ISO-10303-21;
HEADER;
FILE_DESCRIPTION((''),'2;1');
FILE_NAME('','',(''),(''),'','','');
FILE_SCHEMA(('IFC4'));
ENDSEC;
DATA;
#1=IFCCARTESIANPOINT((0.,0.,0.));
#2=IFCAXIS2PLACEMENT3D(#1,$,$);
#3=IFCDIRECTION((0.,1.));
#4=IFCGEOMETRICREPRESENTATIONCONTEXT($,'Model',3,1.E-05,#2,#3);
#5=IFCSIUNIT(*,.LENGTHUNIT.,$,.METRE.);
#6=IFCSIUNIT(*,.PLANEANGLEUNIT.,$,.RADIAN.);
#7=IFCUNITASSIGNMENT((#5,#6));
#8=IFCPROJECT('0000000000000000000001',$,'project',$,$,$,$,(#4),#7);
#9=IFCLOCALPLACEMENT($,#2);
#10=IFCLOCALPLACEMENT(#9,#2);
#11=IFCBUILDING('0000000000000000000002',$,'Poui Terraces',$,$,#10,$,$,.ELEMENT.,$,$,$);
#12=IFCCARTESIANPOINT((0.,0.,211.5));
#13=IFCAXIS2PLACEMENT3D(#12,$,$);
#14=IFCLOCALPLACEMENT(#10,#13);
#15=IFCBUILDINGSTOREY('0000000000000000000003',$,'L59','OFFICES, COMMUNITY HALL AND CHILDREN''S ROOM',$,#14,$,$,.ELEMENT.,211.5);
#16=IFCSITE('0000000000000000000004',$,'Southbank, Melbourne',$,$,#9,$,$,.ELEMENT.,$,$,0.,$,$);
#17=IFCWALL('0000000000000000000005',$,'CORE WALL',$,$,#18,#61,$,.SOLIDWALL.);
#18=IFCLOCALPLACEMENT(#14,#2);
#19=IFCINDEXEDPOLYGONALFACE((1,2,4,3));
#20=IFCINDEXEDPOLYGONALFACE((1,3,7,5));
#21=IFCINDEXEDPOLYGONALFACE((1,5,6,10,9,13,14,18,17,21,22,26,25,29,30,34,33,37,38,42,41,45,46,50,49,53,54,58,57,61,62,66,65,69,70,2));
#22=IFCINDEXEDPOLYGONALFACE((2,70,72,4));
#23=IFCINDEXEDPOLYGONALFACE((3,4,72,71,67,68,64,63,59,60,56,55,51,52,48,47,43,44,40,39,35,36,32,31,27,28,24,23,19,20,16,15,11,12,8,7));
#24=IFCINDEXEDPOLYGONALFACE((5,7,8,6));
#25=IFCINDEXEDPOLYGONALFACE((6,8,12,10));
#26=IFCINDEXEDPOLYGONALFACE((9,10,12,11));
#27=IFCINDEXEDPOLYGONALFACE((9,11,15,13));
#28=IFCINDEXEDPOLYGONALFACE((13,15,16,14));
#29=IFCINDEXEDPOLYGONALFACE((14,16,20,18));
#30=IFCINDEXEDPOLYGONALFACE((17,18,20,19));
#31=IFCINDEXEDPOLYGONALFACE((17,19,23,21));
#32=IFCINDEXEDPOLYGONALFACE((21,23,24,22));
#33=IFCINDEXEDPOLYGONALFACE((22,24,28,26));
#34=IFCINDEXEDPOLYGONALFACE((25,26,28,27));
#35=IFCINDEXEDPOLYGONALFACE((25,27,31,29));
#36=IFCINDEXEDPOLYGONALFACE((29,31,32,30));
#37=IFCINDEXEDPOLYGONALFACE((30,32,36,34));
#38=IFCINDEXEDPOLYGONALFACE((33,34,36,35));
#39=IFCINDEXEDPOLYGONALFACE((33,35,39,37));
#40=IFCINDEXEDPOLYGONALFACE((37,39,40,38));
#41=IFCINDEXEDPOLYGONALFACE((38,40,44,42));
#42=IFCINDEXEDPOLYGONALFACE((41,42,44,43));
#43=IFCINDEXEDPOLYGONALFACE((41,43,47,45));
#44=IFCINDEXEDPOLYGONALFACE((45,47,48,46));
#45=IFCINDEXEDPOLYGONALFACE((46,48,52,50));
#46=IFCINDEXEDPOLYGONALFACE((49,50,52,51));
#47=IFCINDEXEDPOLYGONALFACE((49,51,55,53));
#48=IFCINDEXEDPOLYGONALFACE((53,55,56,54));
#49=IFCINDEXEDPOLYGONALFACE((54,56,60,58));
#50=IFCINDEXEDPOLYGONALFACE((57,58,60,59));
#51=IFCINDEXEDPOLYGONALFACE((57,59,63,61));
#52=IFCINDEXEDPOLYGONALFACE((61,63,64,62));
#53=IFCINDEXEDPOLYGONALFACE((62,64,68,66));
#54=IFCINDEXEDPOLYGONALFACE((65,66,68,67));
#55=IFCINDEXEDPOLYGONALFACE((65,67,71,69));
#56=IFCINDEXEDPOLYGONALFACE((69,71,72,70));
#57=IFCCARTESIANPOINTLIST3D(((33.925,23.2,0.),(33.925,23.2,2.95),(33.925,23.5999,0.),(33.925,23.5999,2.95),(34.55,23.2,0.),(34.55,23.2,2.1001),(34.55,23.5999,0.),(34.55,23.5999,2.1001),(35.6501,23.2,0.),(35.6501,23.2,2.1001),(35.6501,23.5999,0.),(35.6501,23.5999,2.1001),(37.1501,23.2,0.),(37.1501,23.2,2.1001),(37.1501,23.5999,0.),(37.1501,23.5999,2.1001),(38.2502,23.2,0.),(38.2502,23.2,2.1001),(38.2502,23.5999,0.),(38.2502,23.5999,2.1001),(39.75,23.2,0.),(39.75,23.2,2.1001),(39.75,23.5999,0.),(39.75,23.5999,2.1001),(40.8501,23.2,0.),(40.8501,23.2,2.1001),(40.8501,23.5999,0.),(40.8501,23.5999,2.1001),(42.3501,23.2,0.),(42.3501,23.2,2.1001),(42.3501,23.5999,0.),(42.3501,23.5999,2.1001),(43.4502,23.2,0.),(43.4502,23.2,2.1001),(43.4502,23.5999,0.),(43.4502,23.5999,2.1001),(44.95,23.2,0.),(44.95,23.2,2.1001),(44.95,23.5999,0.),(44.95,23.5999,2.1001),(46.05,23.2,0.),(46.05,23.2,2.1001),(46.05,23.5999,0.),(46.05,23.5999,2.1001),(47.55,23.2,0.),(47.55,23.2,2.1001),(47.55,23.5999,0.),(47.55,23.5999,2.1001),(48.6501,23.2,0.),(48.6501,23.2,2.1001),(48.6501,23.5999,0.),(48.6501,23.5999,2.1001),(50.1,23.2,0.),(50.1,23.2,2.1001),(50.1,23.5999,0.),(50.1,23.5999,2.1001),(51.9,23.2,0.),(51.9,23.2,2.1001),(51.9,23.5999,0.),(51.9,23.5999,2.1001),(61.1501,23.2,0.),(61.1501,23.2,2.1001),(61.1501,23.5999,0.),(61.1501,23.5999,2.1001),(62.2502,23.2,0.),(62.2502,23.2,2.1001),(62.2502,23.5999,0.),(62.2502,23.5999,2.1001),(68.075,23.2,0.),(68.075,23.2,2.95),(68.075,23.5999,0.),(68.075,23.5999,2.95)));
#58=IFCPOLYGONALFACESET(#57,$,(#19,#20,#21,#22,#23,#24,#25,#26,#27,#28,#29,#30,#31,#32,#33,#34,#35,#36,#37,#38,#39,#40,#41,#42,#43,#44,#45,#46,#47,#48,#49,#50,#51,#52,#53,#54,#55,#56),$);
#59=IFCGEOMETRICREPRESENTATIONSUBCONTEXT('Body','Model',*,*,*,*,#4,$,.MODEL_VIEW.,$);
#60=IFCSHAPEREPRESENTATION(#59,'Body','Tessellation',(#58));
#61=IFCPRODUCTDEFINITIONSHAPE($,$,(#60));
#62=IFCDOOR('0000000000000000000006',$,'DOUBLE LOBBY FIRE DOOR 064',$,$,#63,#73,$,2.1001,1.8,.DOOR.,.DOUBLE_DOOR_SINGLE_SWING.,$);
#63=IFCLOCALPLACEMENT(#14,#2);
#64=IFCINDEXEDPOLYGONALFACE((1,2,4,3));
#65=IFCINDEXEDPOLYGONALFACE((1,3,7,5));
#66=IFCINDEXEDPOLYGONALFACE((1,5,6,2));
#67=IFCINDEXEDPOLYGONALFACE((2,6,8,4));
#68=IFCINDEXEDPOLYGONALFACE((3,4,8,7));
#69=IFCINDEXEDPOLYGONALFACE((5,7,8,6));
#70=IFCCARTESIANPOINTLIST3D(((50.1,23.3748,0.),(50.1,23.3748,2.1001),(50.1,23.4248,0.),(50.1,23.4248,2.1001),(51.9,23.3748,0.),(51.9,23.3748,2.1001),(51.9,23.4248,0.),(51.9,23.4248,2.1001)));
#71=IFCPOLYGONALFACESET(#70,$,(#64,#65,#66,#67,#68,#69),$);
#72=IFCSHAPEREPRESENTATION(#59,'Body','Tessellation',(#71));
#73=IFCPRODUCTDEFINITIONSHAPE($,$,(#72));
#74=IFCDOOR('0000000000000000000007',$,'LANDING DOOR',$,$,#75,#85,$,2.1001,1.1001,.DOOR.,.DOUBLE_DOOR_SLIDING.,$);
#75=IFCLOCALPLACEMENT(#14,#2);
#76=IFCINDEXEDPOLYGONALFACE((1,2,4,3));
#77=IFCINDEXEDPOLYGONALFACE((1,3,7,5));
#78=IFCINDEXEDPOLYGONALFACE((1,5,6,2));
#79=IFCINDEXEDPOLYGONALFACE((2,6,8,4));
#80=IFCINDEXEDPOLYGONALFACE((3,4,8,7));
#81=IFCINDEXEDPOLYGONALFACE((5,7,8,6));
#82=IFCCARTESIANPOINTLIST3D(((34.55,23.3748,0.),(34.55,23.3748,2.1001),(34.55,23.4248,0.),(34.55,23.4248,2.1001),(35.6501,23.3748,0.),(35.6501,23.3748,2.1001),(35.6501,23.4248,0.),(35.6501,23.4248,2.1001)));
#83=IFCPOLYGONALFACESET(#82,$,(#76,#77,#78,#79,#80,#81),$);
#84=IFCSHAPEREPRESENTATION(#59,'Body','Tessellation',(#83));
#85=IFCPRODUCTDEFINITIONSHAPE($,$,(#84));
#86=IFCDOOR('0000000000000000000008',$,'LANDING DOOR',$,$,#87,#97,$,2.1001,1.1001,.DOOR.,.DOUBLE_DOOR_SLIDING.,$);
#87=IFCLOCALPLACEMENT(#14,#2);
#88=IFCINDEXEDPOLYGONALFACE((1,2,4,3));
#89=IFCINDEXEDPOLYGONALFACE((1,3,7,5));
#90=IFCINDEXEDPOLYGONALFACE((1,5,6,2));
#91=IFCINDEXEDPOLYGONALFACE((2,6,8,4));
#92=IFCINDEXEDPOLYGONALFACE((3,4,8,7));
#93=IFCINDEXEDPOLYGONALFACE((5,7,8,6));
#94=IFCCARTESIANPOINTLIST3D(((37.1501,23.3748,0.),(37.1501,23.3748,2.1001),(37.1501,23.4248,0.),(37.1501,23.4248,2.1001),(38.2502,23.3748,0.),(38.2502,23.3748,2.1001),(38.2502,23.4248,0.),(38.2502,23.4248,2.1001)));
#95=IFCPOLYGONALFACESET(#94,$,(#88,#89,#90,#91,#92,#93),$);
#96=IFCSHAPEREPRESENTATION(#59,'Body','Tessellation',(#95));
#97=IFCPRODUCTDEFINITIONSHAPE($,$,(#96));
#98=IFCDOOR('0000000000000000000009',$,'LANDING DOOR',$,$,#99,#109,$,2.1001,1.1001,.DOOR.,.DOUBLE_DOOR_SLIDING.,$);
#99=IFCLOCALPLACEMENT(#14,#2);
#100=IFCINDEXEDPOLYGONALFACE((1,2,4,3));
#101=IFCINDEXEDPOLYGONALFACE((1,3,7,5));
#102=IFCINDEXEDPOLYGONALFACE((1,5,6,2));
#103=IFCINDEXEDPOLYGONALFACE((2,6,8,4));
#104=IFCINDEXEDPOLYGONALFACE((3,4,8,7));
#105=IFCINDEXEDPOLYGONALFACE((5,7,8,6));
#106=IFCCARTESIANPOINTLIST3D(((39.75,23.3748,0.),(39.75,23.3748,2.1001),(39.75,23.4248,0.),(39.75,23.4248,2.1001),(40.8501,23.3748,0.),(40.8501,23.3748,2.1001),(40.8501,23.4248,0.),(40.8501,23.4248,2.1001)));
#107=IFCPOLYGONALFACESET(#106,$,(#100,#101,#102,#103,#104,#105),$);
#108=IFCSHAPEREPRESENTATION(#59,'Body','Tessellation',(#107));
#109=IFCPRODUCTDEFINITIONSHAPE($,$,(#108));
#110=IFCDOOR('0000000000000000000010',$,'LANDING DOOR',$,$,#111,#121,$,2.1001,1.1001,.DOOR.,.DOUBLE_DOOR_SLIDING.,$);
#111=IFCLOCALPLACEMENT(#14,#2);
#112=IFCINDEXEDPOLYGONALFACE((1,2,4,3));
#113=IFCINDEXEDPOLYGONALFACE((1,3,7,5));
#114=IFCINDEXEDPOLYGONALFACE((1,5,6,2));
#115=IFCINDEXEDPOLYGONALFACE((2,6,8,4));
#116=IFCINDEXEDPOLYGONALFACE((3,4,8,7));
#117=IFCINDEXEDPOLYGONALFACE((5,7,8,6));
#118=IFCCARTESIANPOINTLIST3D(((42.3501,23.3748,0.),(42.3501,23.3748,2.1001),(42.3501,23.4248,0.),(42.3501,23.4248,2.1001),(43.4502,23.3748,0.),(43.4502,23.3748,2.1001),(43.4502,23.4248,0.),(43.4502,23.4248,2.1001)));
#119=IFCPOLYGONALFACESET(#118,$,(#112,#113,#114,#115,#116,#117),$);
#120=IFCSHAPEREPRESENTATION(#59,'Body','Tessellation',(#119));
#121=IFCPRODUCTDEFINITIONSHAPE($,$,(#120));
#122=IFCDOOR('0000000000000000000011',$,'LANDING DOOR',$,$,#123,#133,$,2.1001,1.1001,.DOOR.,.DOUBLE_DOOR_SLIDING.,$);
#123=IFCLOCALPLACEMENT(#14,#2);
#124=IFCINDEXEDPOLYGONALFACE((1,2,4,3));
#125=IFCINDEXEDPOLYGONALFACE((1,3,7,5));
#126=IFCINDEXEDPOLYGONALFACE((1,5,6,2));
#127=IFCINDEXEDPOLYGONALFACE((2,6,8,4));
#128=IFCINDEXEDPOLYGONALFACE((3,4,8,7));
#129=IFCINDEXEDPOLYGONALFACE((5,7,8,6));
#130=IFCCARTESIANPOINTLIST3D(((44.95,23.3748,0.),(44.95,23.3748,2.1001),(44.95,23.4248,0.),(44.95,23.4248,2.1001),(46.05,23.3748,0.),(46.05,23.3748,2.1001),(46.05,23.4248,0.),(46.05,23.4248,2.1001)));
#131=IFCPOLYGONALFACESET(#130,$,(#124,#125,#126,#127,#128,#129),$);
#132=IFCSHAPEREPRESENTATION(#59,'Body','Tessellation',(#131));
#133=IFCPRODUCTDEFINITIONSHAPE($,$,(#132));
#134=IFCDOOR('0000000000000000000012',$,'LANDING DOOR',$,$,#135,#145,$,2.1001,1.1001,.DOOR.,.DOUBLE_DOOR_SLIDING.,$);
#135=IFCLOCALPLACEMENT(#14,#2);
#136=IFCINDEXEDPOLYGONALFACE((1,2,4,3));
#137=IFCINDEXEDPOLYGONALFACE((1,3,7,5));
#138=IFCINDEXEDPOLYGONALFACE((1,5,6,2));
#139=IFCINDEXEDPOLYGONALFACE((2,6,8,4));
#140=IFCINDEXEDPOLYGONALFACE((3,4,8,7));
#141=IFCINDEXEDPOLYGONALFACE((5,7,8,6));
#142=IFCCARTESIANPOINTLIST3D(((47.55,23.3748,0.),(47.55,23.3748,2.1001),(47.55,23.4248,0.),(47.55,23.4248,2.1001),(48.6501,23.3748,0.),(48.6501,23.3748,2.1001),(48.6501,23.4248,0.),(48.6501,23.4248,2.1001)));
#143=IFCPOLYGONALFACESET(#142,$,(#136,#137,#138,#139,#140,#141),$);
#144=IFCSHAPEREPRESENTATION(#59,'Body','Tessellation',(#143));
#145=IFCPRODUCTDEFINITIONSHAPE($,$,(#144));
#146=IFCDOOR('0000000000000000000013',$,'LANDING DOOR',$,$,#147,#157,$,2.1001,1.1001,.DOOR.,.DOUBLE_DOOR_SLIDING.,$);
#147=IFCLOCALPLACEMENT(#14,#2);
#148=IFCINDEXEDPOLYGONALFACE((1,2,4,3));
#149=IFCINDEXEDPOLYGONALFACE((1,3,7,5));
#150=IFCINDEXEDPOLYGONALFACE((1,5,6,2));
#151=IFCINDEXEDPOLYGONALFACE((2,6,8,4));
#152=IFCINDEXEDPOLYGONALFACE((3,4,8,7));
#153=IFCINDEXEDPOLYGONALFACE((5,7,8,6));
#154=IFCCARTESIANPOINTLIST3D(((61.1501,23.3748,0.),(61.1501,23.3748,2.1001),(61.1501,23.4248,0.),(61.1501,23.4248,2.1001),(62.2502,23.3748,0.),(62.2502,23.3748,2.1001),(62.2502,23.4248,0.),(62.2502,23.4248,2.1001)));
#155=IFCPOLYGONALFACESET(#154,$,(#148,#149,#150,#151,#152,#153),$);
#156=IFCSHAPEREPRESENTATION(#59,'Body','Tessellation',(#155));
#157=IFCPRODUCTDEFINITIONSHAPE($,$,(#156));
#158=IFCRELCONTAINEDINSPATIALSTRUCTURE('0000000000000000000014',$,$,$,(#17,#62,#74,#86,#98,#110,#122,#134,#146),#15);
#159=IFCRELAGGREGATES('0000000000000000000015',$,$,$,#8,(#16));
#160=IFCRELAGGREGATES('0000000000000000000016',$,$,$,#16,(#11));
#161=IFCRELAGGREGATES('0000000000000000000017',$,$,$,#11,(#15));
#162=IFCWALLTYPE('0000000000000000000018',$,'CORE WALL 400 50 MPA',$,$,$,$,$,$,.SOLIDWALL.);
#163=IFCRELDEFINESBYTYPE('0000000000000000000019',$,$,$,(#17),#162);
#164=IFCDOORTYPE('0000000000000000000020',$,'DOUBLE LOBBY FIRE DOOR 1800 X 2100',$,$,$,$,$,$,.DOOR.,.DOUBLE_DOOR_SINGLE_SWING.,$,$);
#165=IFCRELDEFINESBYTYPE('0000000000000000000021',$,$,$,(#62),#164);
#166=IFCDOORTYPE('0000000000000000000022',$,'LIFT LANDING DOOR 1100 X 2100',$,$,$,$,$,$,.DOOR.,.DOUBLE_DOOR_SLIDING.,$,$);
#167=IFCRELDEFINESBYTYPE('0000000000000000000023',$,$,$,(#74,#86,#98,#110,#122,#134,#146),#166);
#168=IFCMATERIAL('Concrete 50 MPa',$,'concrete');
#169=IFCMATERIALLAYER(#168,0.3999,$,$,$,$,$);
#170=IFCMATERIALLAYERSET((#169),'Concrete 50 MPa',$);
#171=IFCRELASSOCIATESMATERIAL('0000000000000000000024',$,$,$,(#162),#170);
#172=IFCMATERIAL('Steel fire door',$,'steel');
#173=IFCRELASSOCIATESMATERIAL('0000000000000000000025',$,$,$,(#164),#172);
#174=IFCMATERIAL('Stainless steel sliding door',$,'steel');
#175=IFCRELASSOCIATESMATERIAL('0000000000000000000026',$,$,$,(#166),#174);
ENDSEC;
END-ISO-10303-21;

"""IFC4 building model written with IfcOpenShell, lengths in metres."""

from ifc_helpers import new_model, si_unit, direction, frame, frame_2d, origin, place, context, subcontext, project, spatial, rectangle, extrude, material, layer, layer_set, type_object, element, fill, save


model = new_model("IFC4")

# Units and contexts
model_context = context("Model", 3, precision=1e-05, world=origin(), true_north=direction((0.0, 1.0)))
body_context = subcontext(model_context, "Body", "Model", "MODEL_VIEW")
ifc_project = project(units=[si_unit("LENGTHUNIT", "METRE"), si_unit("PLANEANGLEUNIT", "RADIAN")], contexts=[model_context])

# Site, building, storey
site_placement = place(None, origin())
site = spatial("IfcSite", under=ifc_project, at=site_placement, Name="Southbank, Melbourne", CompositionType="ELEMENT", RefElevation=0.0)
building_placement = place(site_placement, origin())
building = spatial("IfcBuilding", under=site, at=building_placement, Name="Poui Terraces", CompositionType="ELEMENT")
storey_placement = place(building_placement, frame((0.0, 0.0, 211.5)))
storey = spatial("IfcBuildingStorey", under=building, at=storey_placement, Name="L59", Description="OFFICES, COMMUNITY HALL AND CHILDREN'S ROOM", CompositionType="ELEMENT", Elevation=211.5)

# Wall, openings, doors
ifc_material_1 = material(Name="Concrete 50 MPa", Category="concrete")
ifc_layer_1 = layer(ifc_material_1, 0.3999)
ifc_layer_set_1 = layer_set([ifc_layer_1], Name="Concrete 50 MPa")
wall_type_1 = type_object("IfcWallType", Name="CORE WALL 400 50 MPA", PredefinedType="SOLIDWALL", material=ifc_layer_set_1)
wall_1_placement = place(storey_placement, frame((33.925, 23.3999, 0.0), z_axis=(0.0, 0.0, 1.0), x_axis=(1.0, 0.0, 0.0)))
wall_1 = element("IfcWall", 1, at=wall_1_placement, inside=storey, type_object=wall_type_1, Name="CORE WALL", PredefinedType="SOLIDWALL", context=body_context, shape_type="SweptSolid", body=[
    extrude(rectangle(XDim=34.1499, YDim=0.3999, at=frame_2d((17.075, 0.0))), origin(), (0.0, 0.0, 1.0), 2.95),
])
opening_1_placement = place(wall_1_placement, frame((16.175, 0.0, 0.0)))
opening_1 = element("IfcOpeningElement", 2, at=opening_1_placement, cuts=wall_1, PredefinedType="OPENING", context=body_context, shape_type="SweptSolid", body=[
    extrude(rectangle(XDim=1.8, YDim=2.1001, at=frame_2d((0.8999, 1.05))), frame((0.0, 0.21, 0.0), z_axis=(0.0, -1.0, 0.0), x_axis=(1.0, 0.0, 0.0)), (0.0, 0.0, 1.0), 0.4199),
])
opening_2_placement = place(wall_1_placement, frame((0.625, 0.0, 0.0)))
opening_2 = element("IfcOpeningElement", 3, at=opening_2_placement, cuts=wall_1, PredefinedType="OPENING", context=body_context, shape_type="SweptSolid", body=[
    extrude(rectangle(XDim=1.1001, YDim=2.1001, at=frame_2d((0.55, 1.05))), frame((0.0, 0.21, 0.0), z_axis=(0.0, -1.0, 0.0), x_axis=(1.0, 0.0, 0.0)), (0.0, 0.0, 1.0), 0.4199),
])
opening_3_placement = place(wall_1_placement, frame((3.2251, 0.0, 0.0)))
opening_3 = element("IfcOpeningElement", 4, at=opening_3_placement, cuts=wall_1, PredefinedType="OPENING", context=body_context, shape_type="SweptSolid", body=[
    extrude(rectangle(XDim=1.1001, YDim=2.1001, at=frame_2d((0.55, 1.05))), frame((0.0, 0.21, 0.0), z_axis=(0.0, -1.0, 0.0), x_axis=(1.0, 0.0, 0.0)), (0.0, 0.0, 1.0), 0.4199),
])
opening_4_placement = place(wall_1_placement, frame((5.825, 0.0, 0.0)))
opening_4 = element("IfcOpeningElement", 5, at=opening_4_placement, cuts=wall_1, PredefinedType="OPENING", context=body_context, shape_type="SweptSolid", body=[
    extrude(rectangle(XDim=1.1001, YDim=2.1001, at=frame_2d((0.55, 1.05))), frame((0.0, 0.21, 0.0), z_axis=(0.0, -1.0, 0.0), x_axis=(1.0, 0.0, 0.0)), (0.0, 0.0, 1.0), 0.4199),
])
opening_5_placement = place(wall_1_placement, frame((8.425, 0.0, 0.0)))
opening_5 = element("IfcOpeningElement", 6, at=opening_5_placement, cuts=wall_1, PredefinedType="OPENING", context=body_context, shape_type="SweptSolid", body=[
    extrude(rectangle(XDim=1.1001, YDim=2.1001, at=frame_2d((0.55, 1.05))), frame((0.0, 0.21, 0.0), z_axis=(0.0, -1.0, 0.0), x_axis=(1.0, 0.0, 0.0)), (0.0, 0.0, 1.0), 0.4199),
])
opening_6_placement = place(wall_1_placement, frame((11.0249, 0.0, 0.0)))
opening_6 = element("IfcOpeningElement", 7, at=opening_6_placement, cuts=wall_1, PredefinedType="OPENING", context=body_context, shape_type="SweptSolid", body=[
    extrude(rectangle(XDim=1.1001, YDim=2.1001, at=frame_2d((0.55, 1.05))), frame((0.0, 0.21, 0.0), z_axis=(0.0, -1.0, 0.0), x_axis=(1.0, 0.0, 0.0)), (0.0, 0.0, 1.0), 0.4199),
])
opening_7_placement = place(wall_1_placement, frame((13.625, 0.0, 0.0)))
opening_7 = element("IfcOpeningElement", 8, at=opening_7_placement, cuts=wall_1, PredefinedType="OPENING", context=body_context, shape_type="SweptSolid", body=[
    extrude(rectangle(XDim=1.1001, YDim=2.1001, at=frame_2d((0.55, 1.05))), frame((0.0, 0.21, 0.0), z_axis=(0.0, -1.0, 0.0), x_axis=(1.0, 0.0, 0.0)), (0.0, 0.0, 1.0), 0.4199),
])
opening_8_placement = place(wall_1_placement, frame((27.2251, 0.0, 0.0)))
opening_8 = element("IfcOpeningElement", 9, at=opening_8_placement, cuts=wall_1, PredefinedType="OPENING", context=body_context, shape_type="SweptSolid", body=[
    extrude(rectangle(XDim=1.1001, YDim=2.1001, at=frame_2d((0.55, 1.05))), frame((0.0, 0.21, 0.0), z_axis=(0.0, -1.0, 0.0), x_axis=(1.0, 0.0, 0.0)), (0.0, 0.0, 1.0), 0.4199),
])
ifc_material_2 = material(Name="Steel fire door", Category="steel")
door_type_1 = type_object("IfcDoorType", Name="DOUBLE LOBBY FIRE DOOR 1800 X 2100", OperationType="DOUBLE_DOOR_SINGLE_SWING", PredefinedType="DOOR", material=ifc_material_2)
door_1_placement = place(opening_1_placement, origin())
door_1 = element("IfcDoor", 10, at=door_1_placement, inside=storey, type_object=door_type_1, Name="DOUBLE LOBBY FIRE DOOR 064", OperationType="DOUBLE_DOOR_SINGLE_SWING", OverallHeight=2.1001, OverallWidth=1.8, PredefinedType="DOOR", context=body_context, shape_type="SweptSolid", body=[
    extrude(rectangle(XDim=1.8, YDim=2.1001, at=frame_2d((0.8999, 1.05))), frame((0.0, 0.0249, 0.0), z_axis=(0.0, -1.0, 0.0), x_axis=(1.0, 0.0, 0.0)), (0.0, 0.0, 1.0), 0.05),
])
fill(opening_1, door_1)
ifc_material_3 = material(Name="Stainless steel sliding door", Category="steel")
door_type_2 = type_object("IfcDoorType", Name="LIFT LANDING DOOR 1100 X 2100", OperationType="DOUBLE_DOOR_SLIDING", PredefinedType="DOOR", material=ifc_material_3)
door_2_placement = place(opening_2_placement, origin())
door_2 = element("IfcDoor", 11, at=door_2_placement, inside=storey, type_object=door_type_2, Name="LANDING DOOR", OperationType="DOUBLE_DOOR_SLIDING", OverallHeight=2.1001, OverallWidth=1.1001, PredefinedType="DOOR", context=body_context, shape_type="SweptSolid", body=[
    extrude(rectangle(XDim=1.1001, YDim=2.1001, at=frame_2d((0.55, 1.05))), frame((0.0, 0.0249, 0.0), z_axis=(0.0, -1.0, 0.0), x_axis=(1.0, 0.0, 0.0)), (0.0, 0.0, 1.0), 0.05),
])
fill(opening_2, door_2)
door_3_placement = place(opening_3_placement, origin())
door_3 = element("IfcDoor", 12, at=door_3_placement, inside=storey, type_object=door_type_2, Name="LANDING DOOR", OperationType="DOUBLE_DOOR_SLIDING", OverallHeight=2.1001, OverallWidth=1.1001, PredefinedType="DOOR", context=body_context, shape_type="SweptSolid", body=[
    extrude(rectangle(XDim=1.1001, YDim=2.1001, at=frame_2d((0.55, 1.05))), frame((0.0, 0.0249, 0.0), z_axis=(0.0, -1.0, 0.0), x_axis=(1.0, 0.0, 0.0)), (0.0, 0.0, 1.0), 0.05),
])
fill(opening_3, door_3)
door_4_placement = place(opening_4_placement, origin())
door_4 = element("IfcDoor", 13, at=door_4_placement, inside=storey, type_object=door_type_2, Name="LANDING DOOR", OperationType="DOUBLE_DOOR_SLIDING", OverallHeight=2.1001, OverallWidth=1.1001, PredefinedType="DOOR", context=body_context, shape_type="SweptSolid", body=[
    extrude(rectangle(XDim=1.1001, YDim=2.1001, at=frame_2d((0.55, 1.05))), frame((0.0, 0.0249, 0.0), z_axis=(0.0, -1.0, 0.0), x_axis=(1.0, 0.0, 0.0)), (0.0, 0.0, 1.0), 0.05),
])
fill(opening_4, door_4)
door_5_placement = place(opening_5_placement, origin())
door_5 = element("IfcDoor", 14, at=door_5_placement, inside=storey, type_object=door_type_2, Name="LANDING DOOR", OperationType="DOUBLE_DOOR_SLIDING", OverallHeight=2.1001, OverallWidth=1.1001, PredefinedType="DOOR", context=body_context, shape_type="SweptSolid", body=[
    extrude(rectangle(XDim=1.1001, YDim=2.1001, at=frame_2d((0.55, 1.05))), frame((0.0, 0.0249, 0.0), z_axis=(0.0, -1.0, 0.0), x_axis=(1.0, 0.0, 0.0)), (0.0, 0.0, 1.0), 0.05),
])
fill(opening_5, door_5)
door_6_placement = place(opening_6_placement, origin())
door_6 = element("IfcDoor", 15, at=door_6_placement, inside=storey, type_object=door_type_2, Name="LANDING DOOR", OperationType="DOUBLE_DOOR_SLIDING", OverallHeight=2.1001, OverallWidth=1.1001, PredefinedType="DOOR", context=body_context, shape_type="SweptSolid", body=[
    extrude(rectangle(XDim=1.1001, YDim=2.1001, at=frame_2d((0.55, 1.05))), frame((0.0, 0.0249, 0.0), z_axis=(0.0, -1.0, 0.0), x_axis=(1.0, 0.0, 0.0)), (0.0, 0.0, 1.0), 0.05),
])
fill(opening_6, door_6)
door_7_placement = place(opening_7_placement, origin())
door_7 = element("IfcDoor", 16, at=door_7_placement, inside=storey, type_object=door_type_2, Name="LANDING DOOR", OperationType="DOUBLE_DOOR_SLIDING", OverallHeight=2.1001, OverallWidth=1.1001, PredefinedType="DOOR", context=body_context, shape_type="SweptSolid", body=[
    extrude(rectangle(XDim=1.1001, YDim=2.1001, at=frame_2d((0.55, 1.05))), frame((0.0, 0.0249, 0.0), z_axis=(0.0, -1.0, 0.0), x_axis=(1.0, 0.0, 0.0)), (0.0, 0.0, 1.0), 0.05),
])
fill(opening_7, door_7)
door_8_placement = place(opening_8_placement, origin())
door_8 = element("IfcDoor", 17, at=door_8_placement, inside=storey, type_object=door_type_2, Name="LANDING DOOR", OperationType="DOUBLE_DOOR_SLIDING", OverallHeight=2.1001, OverallWidth=1.1001, PredefinedType="DOOR", context=body_context, shape_type="SweptSolid", body=[
    extrude(rectangle(XDim=1.1001, YDim=2.1001, at=frame_2d((0.55, 1.05))), frame((0.0, 0.0249, 0.0), z_axis=(0.0, -1.0, 0.0), x_axis=(1.0, 0.0, 0.0)), (0.0, 0.0, 1.0), 0.05),
])
fill(opening_8, door_8)

save(model, "model.ifc")
